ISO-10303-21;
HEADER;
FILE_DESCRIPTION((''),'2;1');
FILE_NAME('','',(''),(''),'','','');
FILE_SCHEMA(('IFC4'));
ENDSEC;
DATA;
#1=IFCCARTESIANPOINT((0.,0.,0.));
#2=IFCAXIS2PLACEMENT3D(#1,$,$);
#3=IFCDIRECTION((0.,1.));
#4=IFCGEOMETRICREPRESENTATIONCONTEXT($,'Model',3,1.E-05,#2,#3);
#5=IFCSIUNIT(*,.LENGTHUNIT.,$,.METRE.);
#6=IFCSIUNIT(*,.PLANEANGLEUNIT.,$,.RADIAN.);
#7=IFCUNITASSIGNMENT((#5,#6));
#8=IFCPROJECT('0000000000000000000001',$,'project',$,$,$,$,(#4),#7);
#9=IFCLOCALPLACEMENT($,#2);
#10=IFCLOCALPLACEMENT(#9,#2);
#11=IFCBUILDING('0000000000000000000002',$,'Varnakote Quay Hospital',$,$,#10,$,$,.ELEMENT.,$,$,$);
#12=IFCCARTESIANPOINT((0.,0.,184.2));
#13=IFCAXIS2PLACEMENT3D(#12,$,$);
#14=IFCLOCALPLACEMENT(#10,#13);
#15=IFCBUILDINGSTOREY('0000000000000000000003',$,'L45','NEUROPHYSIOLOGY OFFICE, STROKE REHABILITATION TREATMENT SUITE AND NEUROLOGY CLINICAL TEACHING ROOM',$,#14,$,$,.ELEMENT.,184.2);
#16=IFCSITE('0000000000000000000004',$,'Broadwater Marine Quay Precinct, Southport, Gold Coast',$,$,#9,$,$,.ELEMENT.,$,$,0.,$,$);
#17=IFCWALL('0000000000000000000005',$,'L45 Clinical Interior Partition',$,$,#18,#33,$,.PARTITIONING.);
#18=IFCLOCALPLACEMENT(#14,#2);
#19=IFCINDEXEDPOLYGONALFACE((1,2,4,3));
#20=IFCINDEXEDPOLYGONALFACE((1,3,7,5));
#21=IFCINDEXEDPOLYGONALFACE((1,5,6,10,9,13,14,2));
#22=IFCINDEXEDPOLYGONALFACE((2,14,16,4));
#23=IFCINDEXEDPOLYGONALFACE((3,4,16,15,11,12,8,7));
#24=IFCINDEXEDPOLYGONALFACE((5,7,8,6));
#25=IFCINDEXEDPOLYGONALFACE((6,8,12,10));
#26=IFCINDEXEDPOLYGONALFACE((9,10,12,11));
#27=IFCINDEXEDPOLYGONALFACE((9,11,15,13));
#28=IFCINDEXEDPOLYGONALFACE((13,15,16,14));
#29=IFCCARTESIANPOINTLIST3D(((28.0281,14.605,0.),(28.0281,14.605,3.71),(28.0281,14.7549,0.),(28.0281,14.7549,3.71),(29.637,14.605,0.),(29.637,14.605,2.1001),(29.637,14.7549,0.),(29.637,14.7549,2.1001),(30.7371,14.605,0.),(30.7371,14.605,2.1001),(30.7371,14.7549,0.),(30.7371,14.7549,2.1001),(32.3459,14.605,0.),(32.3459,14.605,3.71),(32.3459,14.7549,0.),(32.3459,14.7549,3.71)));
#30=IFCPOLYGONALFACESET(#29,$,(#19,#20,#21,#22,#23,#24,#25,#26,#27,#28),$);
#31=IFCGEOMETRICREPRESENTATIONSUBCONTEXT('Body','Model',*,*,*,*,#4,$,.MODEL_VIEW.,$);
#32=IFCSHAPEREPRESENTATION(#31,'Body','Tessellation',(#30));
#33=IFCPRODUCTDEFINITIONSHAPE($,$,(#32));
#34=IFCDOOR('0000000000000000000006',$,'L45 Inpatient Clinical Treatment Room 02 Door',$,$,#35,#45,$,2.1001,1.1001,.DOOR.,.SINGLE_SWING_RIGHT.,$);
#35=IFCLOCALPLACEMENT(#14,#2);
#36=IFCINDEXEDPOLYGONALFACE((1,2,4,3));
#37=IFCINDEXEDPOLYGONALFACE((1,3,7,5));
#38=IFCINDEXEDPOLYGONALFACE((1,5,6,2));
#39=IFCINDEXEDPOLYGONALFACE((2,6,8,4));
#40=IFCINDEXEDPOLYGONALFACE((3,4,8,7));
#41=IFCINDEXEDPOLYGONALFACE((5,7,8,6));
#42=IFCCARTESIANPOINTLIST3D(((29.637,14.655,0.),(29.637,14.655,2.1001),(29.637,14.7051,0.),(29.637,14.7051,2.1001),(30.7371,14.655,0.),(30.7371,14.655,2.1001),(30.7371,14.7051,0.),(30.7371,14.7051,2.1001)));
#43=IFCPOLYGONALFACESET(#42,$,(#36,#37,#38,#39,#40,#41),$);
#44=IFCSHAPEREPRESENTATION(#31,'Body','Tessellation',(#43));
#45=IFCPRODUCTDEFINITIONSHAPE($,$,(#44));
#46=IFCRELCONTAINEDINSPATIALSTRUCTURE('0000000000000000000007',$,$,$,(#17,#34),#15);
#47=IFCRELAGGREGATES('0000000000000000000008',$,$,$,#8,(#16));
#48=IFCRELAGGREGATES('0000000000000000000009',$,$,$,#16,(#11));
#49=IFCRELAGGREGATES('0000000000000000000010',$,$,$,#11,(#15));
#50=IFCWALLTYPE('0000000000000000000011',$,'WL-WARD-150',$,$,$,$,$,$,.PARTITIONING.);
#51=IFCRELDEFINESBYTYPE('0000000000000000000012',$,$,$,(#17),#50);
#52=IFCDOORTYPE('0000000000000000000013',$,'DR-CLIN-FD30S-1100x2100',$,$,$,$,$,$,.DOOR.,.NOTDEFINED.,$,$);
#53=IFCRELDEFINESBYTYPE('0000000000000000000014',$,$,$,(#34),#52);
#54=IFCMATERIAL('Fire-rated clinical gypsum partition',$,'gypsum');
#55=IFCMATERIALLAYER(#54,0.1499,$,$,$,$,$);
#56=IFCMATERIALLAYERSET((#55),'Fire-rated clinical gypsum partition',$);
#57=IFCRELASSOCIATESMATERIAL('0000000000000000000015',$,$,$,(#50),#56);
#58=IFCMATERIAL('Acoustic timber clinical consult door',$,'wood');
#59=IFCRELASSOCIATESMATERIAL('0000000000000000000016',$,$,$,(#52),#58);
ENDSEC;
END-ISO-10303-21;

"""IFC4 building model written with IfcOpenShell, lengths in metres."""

from ifc_helpers import new_model, si_unit, direction, frame, frame_2d, origin, place, context, subcontext, project, spatial, rectangle, extrude, material, layer, layer_set, type_object, element, fill, save


model = new_model("IFC4")

# Units and contexts
model_context = context("Model", 3, precision=1e-05, world=origin(), true_north=direction((0.0, 1.0)))
body_context = subcontext(model_context, "Body", "Model", "MODEL_VIEW")
ifc_project = project(units=[si_unit("LENGTHUNIT", "METRE"), si_unit("PLANEANGLEUNIT", "RADIAN")], contexts=[model_context])

# Site, building, storey
site_placement = place(None, origin())
site = spatial("IfcSite", under=ifc_project, at=site_placement, Name="Broadwater Marine Quay Precinct, Southport, Gold Coast", CompositionType="ELEMENT", RefElevation=0.0)
building_placement = place(site_placement, origin())
building = spatial("IfcBuilding", under=site, at=building_placement, Name="Varnakote Quay Hospital", CompositionType="ELEMENT")
storey_placement = place(building_placement, frame((0.0, 0.0, 184.2)))
storey = spatial("IfcBuildingStorey", under=building, at=storey_placement, Name="L45", Description="NEUROPHYSIOLOGY OFFICE, STROKE REHABILITATION TREATMENT SUITE AND NEUROLOGY CLINICAL TEACHING ROOM", CompositionType="ELEMENT", Elevation=184.2)

# Wall, opening, door
ifc_material_1 = material(Name="Fire-rated clinical gypsum partition", Category="gypsum")
ifc_layer_1 = layer(ifc_material_1, 0.1499)
ifc_layer_set_1 = layer_set([ifc_layer_1], Name="Fire-rated clinical gypsum partition")
wall_type_1 = type_object("IfcWallType", Name="WL-WARD-150", PredefinedType="PARTITIONING", material=ifc_layer_set_1)
ifc_material_2 = material(Name="Acoustic timber clinical consult door", Category="wood")
door_type_1 = type_object("IfcDoorType", Name="DR-CLIN-FD30S-1100x2100", OperationType="NOTDEFINED", PredefinedType="DOOR", material=ifc_material_2)
wall_1_placement = place(storey_placement, frame((32.3459, 14.6799, 0.0), z_axis=(0.0, 0.0, 1.0), x_axis=(-1.0, 0.0, 0.0)))
wall_1 = element("IfcWall", 1, at=wall_1_placement, inside=storey, type_object=wall_type_1, Name="L45 Clinical Interior Partition", PredefinedType="PARTITIONING", context=body_context, shape_type="SweptSolid", body=[
    extrude(rectangle(XDim=4.3179, YDim=0.1499, at=frame_2d((2.1589, 0.0))), origin(), (0.0, 0.0, 1.0), 3.71),
])
opening_1_placement = place(wall_1_placement, frame((1.6089, 0.0, 0.0)))
opening_1 = element("IfcOpeningElement", 2, at=opening_1_placement, cuts=wall_1, PredefinedType="OPENING", context=body_context, shape_type="SweptSolid", body=[
    extrude(rectangle(XDim=1.1001, YDim=2.1001, at=frame_2d((0.55, 1.05))), frame((0.0, 0.085, 0.0), z_axis=(0.0, -1.0, 0.0), x_axis=(1.0, 0.0, 0.0)), (0.0, 0.0, 1.0), 0.1699),
])
door_1_placement = place(opening_1_placement, origin())
door_1 = element("IfcDoor", 3, at=door_1_placement, inside=storey, type_object=door_type_1, Name="L45 Inpatient Clinical Treatment Room 02 Door", OperationType="SINGLE_SWING_RIGHT", OverallHeight=2.1001, OverallWidth=1.1001, PredefinedType="DOOR", context=body_context, shape_type="SweptSolid", body=[
    extrude(rectangle(XDim=1.1001, YDim=2.1001, at=frame_2d((0.55, 1.05))), frame((0.0, 0.0249, 0.0), z_axis=(0.0, -1.0, 0.0), x_axis=(1.0, 0.0, 0.0)), (0.0, 0.0, 1.0), 0.05),
])
fill(opening_1, door_1)

save(model, "model.ifc")
